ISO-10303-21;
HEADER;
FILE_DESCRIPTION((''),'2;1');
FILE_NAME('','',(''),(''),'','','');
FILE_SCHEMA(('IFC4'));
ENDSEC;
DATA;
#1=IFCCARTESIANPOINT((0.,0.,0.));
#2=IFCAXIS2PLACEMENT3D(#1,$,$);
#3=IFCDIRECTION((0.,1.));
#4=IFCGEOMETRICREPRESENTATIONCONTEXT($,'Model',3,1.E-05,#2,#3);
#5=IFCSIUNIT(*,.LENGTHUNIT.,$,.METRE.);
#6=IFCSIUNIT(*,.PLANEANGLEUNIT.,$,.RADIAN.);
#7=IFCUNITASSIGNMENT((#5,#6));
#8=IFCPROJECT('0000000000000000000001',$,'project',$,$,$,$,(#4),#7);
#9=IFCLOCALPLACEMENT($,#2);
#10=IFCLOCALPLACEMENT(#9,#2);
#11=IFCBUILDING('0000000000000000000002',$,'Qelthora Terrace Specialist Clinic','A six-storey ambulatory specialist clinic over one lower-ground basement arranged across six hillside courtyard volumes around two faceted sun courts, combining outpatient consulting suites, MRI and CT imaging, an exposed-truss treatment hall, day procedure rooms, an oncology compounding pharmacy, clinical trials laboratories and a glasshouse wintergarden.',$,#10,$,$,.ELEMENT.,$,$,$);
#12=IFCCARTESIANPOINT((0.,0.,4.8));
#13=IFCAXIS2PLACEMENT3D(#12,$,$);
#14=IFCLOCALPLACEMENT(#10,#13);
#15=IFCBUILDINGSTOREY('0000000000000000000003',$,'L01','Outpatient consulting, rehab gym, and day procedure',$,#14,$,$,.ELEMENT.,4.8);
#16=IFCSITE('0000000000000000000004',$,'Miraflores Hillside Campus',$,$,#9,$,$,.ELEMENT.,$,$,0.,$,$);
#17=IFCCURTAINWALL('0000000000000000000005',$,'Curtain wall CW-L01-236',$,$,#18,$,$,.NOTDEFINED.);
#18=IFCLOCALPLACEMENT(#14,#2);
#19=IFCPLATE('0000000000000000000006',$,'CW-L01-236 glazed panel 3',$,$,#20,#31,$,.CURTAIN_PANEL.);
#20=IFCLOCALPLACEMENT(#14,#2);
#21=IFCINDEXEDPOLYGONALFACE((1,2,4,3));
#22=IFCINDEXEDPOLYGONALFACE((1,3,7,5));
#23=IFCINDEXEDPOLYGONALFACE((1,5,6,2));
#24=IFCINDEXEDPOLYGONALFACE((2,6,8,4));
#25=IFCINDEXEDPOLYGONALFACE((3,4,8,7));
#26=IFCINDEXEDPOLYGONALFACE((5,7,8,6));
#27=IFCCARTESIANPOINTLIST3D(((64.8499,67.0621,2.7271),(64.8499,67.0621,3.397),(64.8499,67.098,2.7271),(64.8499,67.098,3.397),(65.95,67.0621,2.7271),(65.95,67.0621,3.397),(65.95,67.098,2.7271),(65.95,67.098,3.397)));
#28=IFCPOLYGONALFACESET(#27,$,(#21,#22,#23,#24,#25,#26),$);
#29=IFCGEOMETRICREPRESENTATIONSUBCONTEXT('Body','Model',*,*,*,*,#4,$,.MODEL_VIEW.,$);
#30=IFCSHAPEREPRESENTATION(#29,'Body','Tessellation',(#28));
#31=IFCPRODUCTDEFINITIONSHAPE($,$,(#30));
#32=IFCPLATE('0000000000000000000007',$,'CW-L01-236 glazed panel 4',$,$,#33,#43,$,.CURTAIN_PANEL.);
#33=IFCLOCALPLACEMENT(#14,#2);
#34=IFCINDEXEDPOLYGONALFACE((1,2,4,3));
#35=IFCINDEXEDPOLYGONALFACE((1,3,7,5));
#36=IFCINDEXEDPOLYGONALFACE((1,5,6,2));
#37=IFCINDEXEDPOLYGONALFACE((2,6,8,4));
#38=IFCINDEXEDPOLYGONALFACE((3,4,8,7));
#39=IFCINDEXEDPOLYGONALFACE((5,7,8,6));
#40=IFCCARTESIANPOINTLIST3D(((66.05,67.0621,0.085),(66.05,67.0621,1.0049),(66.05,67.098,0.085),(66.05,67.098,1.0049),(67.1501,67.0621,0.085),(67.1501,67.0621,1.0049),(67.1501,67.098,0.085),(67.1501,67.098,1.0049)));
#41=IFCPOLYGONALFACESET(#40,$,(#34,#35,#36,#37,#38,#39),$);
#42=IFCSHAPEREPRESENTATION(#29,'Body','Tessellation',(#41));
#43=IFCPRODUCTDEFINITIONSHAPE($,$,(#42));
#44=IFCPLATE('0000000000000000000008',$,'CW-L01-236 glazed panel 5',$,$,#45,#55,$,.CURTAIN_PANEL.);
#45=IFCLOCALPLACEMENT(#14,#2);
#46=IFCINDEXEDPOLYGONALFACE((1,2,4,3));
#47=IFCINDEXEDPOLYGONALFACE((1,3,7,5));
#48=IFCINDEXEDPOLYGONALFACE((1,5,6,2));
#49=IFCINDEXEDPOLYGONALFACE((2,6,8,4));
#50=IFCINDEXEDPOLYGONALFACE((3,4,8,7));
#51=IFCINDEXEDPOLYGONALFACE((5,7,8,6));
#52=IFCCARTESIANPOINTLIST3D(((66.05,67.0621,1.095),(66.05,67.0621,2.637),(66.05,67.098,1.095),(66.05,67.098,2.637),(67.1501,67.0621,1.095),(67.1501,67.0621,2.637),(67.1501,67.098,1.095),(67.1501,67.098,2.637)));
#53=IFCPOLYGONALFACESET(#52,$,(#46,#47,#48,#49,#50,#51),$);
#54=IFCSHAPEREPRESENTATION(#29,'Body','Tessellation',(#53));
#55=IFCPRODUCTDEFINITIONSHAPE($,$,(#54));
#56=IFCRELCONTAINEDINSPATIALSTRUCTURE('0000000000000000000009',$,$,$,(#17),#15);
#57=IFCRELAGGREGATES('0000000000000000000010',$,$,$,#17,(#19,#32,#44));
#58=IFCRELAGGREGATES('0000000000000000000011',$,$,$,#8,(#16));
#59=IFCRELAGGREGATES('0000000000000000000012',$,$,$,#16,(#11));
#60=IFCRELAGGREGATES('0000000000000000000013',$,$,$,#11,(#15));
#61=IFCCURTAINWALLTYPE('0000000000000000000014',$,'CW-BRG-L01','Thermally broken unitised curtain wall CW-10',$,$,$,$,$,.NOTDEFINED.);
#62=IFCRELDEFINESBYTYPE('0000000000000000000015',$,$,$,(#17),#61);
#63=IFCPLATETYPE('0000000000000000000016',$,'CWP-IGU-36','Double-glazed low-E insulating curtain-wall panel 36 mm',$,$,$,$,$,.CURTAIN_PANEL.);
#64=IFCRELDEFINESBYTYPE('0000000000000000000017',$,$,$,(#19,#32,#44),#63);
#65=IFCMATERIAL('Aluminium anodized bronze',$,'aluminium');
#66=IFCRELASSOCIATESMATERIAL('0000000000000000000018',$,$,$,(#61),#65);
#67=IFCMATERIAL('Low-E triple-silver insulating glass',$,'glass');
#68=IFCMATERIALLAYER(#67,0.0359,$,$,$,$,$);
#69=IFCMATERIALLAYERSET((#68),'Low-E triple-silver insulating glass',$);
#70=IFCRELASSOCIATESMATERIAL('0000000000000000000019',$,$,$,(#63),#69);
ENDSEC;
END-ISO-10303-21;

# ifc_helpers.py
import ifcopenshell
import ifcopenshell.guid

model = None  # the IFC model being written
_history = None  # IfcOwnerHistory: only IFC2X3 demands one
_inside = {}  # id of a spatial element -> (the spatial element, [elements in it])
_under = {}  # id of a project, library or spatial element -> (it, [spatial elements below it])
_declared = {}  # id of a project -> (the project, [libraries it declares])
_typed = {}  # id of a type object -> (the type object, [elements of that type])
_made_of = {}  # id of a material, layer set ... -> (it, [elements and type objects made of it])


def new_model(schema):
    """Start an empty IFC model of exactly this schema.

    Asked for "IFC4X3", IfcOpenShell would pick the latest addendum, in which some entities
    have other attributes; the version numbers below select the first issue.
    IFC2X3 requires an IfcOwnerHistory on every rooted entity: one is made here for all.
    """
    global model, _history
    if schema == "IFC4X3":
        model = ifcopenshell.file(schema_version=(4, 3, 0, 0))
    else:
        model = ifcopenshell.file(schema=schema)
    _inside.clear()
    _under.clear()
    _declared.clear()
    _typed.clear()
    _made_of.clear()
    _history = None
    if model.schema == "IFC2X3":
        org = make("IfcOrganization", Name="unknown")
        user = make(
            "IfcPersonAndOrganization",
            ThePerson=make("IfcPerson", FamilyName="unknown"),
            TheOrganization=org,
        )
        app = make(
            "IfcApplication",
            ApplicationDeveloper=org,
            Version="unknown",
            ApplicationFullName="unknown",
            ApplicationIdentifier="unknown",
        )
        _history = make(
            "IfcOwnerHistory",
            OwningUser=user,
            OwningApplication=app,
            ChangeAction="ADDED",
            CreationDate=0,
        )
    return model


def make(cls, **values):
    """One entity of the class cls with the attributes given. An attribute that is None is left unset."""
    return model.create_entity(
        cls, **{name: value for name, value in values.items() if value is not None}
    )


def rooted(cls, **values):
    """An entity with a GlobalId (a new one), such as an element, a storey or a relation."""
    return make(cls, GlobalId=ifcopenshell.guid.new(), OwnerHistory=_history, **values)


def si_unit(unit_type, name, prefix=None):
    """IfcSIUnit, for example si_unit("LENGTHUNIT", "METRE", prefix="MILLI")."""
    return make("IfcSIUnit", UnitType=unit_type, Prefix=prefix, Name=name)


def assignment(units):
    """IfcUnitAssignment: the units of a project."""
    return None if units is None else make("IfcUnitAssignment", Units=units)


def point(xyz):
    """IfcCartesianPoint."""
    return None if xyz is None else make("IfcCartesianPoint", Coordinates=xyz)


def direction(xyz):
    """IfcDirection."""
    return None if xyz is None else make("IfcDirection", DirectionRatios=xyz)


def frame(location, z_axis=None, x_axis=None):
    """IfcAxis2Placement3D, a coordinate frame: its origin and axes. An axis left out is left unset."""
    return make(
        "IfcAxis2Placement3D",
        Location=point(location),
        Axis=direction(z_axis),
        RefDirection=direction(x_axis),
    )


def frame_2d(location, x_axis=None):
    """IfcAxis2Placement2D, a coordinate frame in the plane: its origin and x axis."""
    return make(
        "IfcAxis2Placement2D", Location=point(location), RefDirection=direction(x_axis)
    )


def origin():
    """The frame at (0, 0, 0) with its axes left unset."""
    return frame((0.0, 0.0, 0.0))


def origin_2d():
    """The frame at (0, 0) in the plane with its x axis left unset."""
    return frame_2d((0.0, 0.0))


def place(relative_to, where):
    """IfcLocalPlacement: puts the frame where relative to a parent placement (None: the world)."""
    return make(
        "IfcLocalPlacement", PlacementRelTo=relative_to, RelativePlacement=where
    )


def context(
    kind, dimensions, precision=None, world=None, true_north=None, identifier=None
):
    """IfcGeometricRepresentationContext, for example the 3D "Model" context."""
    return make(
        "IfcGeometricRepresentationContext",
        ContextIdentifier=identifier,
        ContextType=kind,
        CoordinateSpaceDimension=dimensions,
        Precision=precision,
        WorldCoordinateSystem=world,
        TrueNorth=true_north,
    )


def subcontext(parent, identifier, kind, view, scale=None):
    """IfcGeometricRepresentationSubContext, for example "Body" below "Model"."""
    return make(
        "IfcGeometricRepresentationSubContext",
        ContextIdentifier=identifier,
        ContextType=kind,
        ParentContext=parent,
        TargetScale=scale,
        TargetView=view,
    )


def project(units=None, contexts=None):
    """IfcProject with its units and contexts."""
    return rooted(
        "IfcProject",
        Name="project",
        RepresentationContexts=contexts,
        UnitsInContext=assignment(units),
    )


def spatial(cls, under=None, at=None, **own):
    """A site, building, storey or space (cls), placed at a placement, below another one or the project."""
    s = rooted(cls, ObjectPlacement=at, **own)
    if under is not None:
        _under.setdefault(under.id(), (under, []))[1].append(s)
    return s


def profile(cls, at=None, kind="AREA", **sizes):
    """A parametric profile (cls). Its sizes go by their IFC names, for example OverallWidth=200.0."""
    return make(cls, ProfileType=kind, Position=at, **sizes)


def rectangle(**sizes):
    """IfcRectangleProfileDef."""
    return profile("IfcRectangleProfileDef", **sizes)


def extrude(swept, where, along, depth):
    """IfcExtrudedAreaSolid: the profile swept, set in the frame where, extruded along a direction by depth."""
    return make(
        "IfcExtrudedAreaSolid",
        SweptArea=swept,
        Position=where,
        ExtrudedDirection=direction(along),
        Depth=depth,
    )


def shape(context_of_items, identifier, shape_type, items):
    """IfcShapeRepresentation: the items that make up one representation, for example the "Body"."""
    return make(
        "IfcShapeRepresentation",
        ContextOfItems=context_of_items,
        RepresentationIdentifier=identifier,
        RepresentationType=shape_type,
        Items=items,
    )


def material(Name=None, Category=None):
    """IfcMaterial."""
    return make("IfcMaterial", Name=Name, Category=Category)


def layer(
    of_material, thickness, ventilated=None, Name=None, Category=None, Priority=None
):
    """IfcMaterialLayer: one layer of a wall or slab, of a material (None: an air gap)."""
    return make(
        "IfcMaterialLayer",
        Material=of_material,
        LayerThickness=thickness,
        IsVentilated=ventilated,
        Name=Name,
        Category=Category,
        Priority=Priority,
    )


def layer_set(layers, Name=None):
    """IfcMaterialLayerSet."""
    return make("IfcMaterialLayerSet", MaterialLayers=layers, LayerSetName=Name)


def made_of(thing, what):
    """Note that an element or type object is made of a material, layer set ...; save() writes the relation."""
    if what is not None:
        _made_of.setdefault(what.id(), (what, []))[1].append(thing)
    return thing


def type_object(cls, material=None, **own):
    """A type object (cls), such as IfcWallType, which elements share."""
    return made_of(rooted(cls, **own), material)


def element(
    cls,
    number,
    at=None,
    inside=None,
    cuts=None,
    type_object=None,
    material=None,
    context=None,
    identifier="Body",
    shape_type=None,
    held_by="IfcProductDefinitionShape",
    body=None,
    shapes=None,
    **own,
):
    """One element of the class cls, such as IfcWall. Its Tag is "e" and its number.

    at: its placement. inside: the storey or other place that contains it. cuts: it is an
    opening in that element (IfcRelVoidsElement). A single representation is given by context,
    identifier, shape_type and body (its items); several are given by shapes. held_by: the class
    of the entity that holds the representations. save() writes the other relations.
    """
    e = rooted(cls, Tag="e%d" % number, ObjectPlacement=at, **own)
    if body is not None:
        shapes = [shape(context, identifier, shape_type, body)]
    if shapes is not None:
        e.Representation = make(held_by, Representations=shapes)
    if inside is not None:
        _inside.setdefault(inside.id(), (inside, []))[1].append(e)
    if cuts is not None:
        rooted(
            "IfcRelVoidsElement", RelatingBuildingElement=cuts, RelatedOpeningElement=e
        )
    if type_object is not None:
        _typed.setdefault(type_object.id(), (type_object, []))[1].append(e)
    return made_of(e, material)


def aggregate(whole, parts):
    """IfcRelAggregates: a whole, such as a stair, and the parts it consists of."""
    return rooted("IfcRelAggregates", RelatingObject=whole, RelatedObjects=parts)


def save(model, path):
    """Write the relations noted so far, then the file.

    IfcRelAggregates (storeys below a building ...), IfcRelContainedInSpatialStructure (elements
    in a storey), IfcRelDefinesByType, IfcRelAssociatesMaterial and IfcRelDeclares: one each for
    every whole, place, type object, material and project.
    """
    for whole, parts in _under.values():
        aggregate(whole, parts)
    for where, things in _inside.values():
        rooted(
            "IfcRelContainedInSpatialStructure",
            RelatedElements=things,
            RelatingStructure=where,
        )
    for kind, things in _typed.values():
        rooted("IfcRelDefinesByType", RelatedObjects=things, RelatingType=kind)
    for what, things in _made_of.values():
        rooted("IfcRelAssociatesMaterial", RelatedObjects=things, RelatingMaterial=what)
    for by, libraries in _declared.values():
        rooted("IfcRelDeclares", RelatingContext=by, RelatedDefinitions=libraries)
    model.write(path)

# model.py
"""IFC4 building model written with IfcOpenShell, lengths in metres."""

from ifc_helpers import new_model, si_unit, direction, frame, origin, origin_2d, place, context, subcontext, project, spatial, rectangle, extrude, material, layer, layer_set, type_object, element, aggregate, save


model = new_model("IFC4")

# Units and contexts
model_context = context("Model", 3, precision=1e-05, world=origin(), true_north=direction((0.0, 1.0)))
body_context = subcontext(model_context, "Body", "Model", "MODEL_VIEW")
ifc_project = project(units=[si_unit("LENGTHUNIT", "METRE"), si_unit("PLANEANGLEUNIT", "RADIAN")], contexts=[model_context])

# Site, building, storey
site_placement = place(None, origin())
site = spatial("IfcSite", under=ifc_project, at=site_placement, Name="Miraflores Hillside Campus", CompositionType="ELEMENT", RefElevation=0.0)
building_placement = place(site_placement, origin())
building = spatial("IfcBuilding", under=site, at=building_placement, Name="Qelthora Terrace Specialist Clinic", Description="A six-storey ambulatory specialist clinic over one lower-ground basement arranged across six hillside courtyard volumes around two faceted sun courts, combining outpatient consulting suites, MRI and CT imaging, an exposed-truss treatment hall, day procedure rooms, an oncology compounding pharmacy, clinical trials laboratories and a glasshouse wintergarden.", CompositionType="ELEMENT")
storey_placement = place(building_placement, frame((0.0, 0.0, 4.8)))
storey = spatial("IfcBuildingStorey", under=building, at=storey_placement, Name="L01", Description="Outpatient consulting, rehab gym, and day procedure", CompositionType="ELEMENT", Elevation=4.8)

# Curtain wall
ifc_material_1 = material(Name="Aluminium anodized bronze", Category="aluminium")
curtain_wall_type = type_object("IfcCurtainWallType", Name="CW-BRG-L01", Description="Thermally broken unitised curtain wall CW-10", PredefinedType="NOTDEFINED", material=ifc_material_1)
curtain_wall_1_placement = place(storey_placement, origin())
curtain_wall_1 = element("IfcCurtainWall", 1, at=curtain_wall_1_placement, inside=storey, type_object=curtain_wall_type, Name="Curtain wall CW-L01-236", PredefinedType="NOTDEFINED")

# Plates
ifc_material_2 = material(Name="Low-E triple-silver insulating glass", Category="glass")
ifc_layer = layer(ifc_material_2, 0.0359)
ifc_layer_set = layer_set([ifc_layer], Name="Low-E triple-silver insulating glass")
plate_type = type_object("IfcPlateType", Name="CWP-IGU-36", Description="Double-glazed low-E insulating curtain-wall panel 36 mm", PredefinedType="CURTAIN_PANEL", material=ifc_layer_set)
plate_1_placement = place(storey_placement, frame((65.3999, 67.0801, 2.7271), z_axis=(0.0, 0.0, 1.0), x_axis=(1.0, 0.0, 0.0)))
plate_1 = element("IfcPlate", 2, at=plate_1_placement, type_object=plate_type, Name="CW-L01-236 glazed panel 3", PredefinedType="CURTAIN_PANEL", context=body_context, shape_type="SweptSolid", body=[
    extrude(rectangle(XDim=1.1001, YDim=0.0359, at=origin_2d()), origin(), (0.0, 0.0, 1.0), 0.6699),
])
plate_2_placement = place(storey_placement, frame((66.6001, 67.0801, 0.085), z_axis=(0.0, 0.0, 1.0), x_axis=(1.0, 0.0, 0.0)))
plate_2 = element("IfcPlate", 3, at=plate_2_placement, type_object=plate_type, Name="CW-L01-236 glazed panel 4", PredefinedType="CURTAIN_PANEL", context=body_context, shape_type="SweptSolid", body=[
    extrude(rectangle(XDim=1.1001, YDim=0.0359, at=origin_2d()), origin(), (0.0, 0.0, 1.0), 0.9199),
])
plate_3_placement = place(storey_placement, frame((66.6001, 67.0801, 1.095), z_axis=(0.0, 0.0, 1.0), x_axis=(1.0, 0.0, 0.0)))
plate_3 = element("IfcPlate", 4, at=plate_3_placement, type_object=plate_type, Name="CW-L01-236 glazed panel 5", PredefinedType="CURTAIN_PANEL", context=body_context, shape_type="SweptSolid", body=[
    extrude(rectangle(XDim=1.1001, YDim=0.0359, at=origin_2d()), origin(), (0.0, 0.0, 1.0), 1.542),
])
aggregate(curtain_wall_1, [plate_1, plate_2, plate_3])

save(model, "model.ifc")
